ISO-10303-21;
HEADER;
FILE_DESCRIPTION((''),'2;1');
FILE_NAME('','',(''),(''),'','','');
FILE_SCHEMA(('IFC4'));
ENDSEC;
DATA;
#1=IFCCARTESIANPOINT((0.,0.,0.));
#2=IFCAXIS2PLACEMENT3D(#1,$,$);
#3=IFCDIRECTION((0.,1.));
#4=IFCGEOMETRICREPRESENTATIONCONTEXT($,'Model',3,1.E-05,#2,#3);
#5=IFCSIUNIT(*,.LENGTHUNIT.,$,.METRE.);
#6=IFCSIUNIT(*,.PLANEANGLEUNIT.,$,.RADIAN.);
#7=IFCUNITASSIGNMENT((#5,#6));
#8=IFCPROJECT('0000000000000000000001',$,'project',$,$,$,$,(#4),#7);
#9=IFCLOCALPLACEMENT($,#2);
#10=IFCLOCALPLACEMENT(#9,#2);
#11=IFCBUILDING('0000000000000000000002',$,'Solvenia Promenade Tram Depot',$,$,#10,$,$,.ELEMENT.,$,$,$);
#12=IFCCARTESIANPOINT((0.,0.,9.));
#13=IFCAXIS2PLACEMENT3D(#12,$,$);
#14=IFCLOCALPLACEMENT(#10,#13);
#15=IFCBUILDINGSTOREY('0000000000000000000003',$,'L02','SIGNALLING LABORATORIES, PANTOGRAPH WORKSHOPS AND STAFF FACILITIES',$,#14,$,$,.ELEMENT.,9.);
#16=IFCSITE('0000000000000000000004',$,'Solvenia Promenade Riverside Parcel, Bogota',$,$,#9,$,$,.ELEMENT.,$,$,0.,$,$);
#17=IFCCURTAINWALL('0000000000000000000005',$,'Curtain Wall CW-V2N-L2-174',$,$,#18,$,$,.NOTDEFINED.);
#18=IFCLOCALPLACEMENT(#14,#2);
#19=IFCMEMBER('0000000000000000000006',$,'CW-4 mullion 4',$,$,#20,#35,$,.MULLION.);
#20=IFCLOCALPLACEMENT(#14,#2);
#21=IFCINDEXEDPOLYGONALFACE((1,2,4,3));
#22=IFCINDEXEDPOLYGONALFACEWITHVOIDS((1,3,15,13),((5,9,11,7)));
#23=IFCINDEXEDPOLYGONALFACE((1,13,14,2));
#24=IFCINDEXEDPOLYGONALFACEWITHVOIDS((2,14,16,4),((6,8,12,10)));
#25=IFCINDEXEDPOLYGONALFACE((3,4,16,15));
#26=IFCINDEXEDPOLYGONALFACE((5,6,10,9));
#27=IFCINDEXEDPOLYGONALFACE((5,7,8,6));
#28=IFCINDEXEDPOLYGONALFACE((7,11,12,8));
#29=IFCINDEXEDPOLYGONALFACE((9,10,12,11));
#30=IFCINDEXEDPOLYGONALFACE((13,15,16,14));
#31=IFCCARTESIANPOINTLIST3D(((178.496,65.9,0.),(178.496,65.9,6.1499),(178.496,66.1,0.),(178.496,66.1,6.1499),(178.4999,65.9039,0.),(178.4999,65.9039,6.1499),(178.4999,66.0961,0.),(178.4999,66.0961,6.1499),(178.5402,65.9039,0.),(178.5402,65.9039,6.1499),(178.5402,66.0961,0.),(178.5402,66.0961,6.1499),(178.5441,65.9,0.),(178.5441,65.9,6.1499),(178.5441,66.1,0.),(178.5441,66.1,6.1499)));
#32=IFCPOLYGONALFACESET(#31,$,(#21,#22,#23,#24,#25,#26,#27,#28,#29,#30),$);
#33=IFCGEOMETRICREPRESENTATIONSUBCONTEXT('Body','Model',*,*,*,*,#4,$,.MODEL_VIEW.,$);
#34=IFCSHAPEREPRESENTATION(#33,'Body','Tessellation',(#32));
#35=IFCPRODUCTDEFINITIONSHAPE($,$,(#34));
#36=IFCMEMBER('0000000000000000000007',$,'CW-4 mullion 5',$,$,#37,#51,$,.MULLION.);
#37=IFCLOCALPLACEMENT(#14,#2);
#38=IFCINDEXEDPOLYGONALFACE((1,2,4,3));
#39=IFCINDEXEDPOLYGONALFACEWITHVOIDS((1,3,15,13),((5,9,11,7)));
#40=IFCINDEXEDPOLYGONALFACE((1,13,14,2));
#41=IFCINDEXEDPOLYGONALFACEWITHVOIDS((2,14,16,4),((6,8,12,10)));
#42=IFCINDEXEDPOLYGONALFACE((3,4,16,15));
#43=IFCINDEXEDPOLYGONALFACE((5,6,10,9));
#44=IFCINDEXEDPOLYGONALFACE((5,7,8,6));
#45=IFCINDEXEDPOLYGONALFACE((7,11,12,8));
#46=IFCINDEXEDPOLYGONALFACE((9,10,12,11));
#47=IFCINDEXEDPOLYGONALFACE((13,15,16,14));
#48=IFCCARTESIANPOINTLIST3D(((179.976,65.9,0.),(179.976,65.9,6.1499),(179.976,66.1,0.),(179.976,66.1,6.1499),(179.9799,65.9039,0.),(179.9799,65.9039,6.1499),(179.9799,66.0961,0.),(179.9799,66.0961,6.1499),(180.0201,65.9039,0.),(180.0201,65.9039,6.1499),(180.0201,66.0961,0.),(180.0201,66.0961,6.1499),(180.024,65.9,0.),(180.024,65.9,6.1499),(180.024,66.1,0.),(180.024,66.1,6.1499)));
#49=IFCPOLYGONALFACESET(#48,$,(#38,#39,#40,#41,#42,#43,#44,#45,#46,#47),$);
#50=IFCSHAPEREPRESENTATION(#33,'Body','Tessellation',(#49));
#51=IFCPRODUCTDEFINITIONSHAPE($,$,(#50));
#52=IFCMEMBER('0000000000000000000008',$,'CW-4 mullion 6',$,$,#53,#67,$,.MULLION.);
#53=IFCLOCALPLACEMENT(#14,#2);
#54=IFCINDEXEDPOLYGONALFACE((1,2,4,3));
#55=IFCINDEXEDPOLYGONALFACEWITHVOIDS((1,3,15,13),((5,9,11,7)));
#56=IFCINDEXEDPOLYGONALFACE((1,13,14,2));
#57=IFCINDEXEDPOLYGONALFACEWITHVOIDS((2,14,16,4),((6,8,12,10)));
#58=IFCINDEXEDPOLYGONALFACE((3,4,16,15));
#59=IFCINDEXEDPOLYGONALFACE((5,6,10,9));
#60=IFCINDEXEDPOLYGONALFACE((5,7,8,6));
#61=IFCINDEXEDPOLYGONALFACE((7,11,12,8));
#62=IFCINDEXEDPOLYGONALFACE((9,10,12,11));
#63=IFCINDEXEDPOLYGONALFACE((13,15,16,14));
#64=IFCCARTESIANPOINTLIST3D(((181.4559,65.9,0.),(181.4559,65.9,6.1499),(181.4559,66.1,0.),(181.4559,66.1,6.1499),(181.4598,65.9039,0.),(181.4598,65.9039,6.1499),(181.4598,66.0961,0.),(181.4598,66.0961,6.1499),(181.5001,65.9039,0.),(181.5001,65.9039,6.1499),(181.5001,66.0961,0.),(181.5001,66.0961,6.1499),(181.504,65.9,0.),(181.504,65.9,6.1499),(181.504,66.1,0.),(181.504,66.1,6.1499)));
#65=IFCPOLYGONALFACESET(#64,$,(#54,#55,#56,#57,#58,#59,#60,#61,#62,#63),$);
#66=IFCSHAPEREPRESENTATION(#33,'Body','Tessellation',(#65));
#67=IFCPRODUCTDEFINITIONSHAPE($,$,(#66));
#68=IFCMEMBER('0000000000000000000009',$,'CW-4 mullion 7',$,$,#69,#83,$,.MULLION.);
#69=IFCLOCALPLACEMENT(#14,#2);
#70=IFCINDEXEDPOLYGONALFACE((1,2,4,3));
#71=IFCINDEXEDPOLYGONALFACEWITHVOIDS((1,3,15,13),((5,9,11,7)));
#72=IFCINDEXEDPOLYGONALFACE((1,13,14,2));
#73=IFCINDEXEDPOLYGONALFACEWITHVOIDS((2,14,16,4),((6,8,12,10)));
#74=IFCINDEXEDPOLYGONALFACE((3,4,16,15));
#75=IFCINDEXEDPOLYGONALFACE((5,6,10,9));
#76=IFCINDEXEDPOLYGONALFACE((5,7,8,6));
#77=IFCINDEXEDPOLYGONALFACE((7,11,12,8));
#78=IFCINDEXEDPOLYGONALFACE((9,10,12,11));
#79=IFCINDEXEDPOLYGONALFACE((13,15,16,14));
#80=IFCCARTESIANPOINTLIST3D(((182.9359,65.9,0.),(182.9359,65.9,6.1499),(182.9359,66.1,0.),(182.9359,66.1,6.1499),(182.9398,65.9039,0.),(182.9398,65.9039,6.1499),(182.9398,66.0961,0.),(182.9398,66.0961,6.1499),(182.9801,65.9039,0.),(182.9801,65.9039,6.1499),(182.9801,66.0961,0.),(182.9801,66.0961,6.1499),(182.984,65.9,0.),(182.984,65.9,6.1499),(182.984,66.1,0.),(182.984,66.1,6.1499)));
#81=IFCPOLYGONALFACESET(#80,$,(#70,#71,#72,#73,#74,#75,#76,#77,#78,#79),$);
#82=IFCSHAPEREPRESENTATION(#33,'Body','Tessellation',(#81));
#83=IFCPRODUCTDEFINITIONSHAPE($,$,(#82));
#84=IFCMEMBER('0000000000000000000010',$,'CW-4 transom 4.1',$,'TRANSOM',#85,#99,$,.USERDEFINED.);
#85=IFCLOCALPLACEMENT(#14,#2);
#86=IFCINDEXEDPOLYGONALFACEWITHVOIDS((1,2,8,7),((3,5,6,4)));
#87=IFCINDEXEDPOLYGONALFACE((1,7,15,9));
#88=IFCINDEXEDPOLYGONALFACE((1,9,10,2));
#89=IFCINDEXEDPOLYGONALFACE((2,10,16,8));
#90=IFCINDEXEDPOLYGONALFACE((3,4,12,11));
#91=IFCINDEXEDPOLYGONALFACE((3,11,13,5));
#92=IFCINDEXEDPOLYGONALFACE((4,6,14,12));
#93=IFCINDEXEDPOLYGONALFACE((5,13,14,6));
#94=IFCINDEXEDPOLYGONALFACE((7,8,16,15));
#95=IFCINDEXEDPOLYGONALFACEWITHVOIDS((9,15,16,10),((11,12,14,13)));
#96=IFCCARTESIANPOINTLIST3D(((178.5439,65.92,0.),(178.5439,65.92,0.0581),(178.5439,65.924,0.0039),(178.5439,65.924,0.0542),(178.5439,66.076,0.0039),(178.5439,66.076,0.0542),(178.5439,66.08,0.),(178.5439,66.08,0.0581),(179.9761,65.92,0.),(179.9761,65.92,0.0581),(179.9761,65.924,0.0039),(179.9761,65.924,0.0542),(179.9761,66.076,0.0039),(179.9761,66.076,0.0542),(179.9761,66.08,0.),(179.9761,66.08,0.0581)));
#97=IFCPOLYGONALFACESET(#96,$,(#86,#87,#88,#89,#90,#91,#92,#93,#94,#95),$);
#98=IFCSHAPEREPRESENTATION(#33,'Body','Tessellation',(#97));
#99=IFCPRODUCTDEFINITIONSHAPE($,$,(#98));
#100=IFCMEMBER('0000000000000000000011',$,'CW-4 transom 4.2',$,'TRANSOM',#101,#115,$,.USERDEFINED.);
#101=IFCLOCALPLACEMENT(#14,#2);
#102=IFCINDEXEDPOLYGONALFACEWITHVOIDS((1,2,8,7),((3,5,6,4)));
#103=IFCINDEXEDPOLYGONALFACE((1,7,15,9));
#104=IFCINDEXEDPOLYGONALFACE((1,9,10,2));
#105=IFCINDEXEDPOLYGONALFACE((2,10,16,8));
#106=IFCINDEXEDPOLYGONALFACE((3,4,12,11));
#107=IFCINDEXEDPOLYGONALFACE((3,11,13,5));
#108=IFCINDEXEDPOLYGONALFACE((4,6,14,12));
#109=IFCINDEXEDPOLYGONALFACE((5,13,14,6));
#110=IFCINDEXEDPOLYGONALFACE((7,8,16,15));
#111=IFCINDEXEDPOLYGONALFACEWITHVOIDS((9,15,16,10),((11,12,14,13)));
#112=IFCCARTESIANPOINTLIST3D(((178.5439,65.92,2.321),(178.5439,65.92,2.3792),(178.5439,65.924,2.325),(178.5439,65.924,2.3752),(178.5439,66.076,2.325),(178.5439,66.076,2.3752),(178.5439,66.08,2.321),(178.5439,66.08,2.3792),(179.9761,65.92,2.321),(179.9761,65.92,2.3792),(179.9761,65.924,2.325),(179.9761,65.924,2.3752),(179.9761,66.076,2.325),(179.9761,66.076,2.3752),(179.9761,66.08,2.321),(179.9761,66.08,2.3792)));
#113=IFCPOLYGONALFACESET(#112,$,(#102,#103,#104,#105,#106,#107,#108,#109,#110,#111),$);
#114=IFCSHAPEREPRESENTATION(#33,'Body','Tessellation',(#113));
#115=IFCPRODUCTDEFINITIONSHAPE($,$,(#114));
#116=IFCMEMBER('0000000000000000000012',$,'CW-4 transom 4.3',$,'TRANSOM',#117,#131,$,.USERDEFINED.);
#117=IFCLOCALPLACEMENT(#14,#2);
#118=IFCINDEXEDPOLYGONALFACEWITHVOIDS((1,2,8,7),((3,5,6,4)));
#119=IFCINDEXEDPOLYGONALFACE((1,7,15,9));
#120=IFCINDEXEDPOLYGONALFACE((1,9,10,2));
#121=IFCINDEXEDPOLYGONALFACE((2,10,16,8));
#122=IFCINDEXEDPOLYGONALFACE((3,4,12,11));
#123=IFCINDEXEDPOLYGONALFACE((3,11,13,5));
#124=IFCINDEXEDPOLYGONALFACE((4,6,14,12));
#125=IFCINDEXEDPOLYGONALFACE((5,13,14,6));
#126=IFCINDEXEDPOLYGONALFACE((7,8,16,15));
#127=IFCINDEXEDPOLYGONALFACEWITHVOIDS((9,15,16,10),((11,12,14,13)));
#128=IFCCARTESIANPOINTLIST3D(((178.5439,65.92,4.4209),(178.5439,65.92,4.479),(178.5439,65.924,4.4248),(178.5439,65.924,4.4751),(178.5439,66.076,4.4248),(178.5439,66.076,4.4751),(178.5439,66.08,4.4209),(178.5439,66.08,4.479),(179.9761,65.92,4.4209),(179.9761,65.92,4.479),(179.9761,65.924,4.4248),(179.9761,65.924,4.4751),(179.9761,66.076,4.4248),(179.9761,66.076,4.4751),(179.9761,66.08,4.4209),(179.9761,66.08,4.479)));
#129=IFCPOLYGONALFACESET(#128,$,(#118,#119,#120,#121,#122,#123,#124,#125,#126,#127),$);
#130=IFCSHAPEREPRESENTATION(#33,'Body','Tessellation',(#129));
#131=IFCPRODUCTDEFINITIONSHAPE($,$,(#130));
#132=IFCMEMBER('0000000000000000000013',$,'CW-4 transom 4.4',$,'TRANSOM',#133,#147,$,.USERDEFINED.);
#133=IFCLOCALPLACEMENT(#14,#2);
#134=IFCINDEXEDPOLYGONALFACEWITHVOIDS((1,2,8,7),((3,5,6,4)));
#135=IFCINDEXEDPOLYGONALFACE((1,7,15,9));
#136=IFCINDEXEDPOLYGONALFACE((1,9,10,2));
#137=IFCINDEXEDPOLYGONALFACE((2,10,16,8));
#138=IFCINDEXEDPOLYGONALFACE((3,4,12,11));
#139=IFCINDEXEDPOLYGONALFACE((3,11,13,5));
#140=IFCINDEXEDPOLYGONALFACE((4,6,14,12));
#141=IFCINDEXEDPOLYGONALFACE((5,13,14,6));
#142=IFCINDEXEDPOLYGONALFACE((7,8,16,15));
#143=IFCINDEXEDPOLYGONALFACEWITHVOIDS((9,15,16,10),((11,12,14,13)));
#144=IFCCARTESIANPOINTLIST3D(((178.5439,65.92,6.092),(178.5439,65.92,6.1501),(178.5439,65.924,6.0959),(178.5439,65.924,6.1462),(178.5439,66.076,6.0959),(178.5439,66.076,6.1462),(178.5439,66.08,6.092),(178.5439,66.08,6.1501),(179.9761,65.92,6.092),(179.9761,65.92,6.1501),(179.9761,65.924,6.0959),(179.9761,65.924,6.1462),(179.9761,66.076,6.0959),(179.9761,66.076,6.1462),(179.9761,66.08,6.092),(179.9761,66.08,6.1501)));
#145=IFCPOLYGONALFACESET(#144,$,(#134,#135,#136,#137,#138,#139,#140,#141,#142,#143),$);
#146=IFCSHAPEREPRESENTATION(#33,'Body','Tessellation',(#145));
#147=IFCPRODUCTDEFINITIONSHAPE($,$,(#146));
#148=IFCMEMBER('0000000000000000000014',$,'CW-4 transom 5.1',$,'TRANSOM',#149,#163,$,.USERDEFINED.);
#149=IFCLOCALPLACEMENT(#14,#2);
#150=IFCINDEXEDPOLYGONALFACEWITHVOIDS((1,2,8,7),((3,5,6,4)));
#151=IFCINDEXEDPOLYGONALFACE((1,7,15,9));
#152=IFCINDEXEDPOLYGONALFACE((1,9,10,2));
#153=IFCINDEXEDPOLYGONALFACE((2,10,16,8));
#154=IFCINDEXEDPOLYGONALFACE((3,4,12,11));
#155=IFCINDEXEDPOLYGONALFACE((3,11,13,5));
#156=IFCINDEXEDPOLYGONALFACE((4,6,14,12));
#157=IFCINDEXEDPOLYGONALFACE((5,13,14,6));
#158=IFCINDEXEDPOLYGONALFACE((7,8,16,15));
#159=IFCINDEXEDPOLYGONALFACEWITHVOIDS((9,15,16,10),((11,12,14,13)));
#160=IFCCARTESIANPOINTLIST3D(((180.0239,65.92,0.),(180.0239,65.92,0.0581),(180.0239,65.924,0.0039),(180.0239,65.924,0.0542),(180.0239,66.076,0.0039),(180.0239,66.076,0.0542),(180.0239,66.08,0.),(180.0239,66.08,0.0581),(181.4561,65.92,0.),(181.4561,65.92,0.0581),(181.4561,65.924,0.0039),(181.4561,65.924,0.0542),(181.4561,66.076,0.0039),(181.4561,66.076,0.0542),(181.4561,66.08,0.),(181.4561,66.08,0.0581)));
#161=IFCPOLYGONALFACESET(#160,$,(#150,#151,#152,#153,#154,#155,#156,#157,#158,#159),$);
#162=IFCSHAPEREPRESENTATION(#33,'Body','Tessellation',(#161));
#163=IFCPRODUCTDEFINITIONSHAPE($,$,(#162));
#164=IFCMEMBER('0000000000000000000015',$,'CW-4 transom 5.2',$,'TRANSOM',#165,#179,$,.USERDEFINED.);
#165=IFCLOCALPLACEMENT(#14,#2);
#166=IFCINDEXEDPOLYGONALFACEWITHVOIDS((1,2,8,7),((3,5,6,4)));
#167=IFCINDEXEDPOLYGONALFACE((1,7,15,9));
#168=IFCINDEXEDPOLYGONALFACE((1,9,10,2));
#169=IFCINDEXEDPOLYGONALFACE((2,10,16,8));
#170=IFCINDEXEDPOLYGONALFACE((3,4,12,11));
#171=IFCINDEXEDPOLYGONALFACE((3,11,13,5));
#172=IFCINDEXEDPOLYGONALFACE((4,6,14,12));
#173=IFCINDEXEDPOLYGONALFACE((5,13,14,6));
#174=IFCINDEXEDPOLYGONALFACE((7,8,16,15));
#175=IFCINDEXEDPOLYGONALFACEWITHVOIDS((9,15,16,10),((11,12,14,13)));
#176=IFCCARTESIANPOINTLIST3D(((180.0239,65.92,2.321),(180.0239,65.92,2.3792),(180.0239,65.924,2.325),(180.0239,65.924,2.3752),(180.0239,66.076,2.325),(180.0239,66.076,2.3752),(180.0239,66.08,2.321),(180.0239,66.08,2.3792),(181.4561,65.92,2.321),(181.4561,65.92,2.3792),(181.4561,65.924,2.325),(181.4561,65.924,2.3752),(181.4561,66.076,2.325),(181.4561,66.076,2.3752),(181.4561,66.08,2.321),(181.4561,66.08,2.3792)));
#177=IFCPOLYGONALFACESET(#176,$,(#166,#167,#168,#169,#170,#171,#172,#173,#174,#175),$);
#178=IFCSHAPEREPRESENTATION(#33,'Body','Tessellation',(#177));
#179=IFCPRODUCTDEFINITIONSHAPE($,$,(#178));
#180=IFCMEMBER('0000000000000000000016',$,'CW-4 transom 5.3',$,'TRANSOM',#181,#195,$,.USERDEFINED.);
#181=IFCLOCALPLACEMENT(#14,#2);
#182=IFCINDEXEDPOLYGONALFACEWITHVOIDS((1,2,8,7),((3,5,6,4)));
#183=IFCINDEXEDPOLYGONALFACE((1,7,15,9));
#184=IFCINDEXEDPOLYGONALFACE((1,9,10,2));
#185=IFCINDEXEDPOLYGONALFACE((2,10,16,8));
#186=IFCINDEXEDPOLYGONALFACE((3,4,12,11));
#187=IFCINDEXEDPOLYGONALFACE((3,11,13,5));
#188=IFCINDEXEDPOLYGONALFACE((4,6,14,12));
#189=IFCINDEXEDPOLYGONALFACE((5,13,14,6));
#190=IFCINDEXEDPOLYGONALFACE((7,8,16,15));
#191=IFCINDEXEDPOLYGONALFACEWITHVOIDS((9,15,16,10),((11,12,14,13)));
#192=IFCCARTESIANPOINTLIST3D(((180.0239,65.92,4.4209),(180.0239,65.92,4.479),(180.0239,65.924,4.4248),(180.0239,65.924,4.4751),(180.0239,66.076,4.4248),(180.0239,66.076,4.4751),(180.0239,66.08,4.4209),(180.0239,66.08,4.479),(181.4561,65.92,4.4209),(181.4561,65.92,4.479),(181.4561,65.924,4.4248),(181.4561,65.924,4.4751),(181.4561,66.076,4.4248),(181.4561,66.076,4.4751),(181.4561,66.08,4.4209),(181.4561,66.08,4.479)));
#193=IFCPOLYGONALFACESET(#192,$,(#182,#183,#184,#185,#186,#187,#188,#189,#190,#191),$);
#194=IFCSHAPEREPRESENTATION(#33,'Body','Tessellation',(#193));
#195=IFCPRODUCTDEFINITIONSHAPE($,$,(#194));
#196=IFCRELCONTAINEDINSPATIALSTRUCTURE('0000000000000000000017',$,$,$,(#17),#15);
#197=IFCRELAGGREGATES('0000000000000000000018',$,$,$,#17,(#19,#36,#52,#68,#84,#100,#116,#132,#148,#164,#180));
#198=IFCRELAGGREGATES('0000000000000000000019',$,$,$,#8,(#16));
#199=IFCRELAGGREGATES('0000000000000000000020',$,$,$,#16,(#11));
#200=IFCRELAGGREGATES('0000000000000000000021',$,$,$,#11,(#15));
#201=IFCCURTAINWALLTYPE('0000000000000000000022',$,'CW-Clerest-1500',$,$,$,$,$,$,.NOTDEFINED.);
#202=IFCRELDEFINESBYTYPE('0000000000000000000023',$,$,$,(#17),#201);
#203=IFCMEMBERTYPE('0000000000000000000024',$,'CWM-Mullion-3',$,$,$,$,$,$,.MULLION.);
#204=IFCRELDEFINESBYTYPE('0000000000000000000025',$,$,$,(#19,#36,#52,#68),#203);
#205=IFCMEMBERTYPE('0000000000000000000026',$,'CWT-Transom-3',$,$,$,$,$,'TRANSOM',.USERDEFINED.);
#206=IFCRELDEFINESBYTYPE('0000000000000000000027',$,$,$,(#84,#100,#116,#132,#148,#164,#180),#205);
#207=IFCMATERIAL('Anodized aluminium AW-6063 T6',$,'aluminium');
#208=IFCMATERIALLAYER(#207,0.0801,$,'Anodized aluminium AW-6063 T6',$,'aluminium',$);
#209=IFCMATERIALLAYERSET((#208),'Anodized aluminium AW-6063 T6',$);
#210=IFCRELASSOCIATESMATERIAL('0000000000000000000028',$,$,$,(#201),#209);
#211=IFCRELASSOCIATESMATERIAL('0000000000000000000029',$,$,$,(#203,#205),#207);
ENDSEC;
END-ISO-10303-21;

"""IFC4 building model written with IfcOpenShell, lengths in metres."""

from ifc_helpers import new_model, si_unit, direction, frame, origin, origin_2d, place, context, subcontext, project, spatial, hollow_rectangle, extrude, material, layer, layer_set, material_profile, profile_set, type_object, element, aggregate, save


model = new_model("IFC4")

# Units and contexts
model_context = context("Model", 3, precision=1e-05, world=origin(), true_north=direction((0.0, 1.0)))
body_context = subcontext(model_context, "Body", "Model", "MODEL_VIEW")
ifc_project = project(units=[si_unit("LENGTHUNIT", "METRE"), si_unit("PLANEANGLEUNIT", "RADIAN")], contexts=[model_context])

# Site, building, storey
site_placement = place(None, origin())
site = spatial("IfcSite", under=ifc_project, at=site_placement, Name="Solvenia Promenade Riverside Parcel, Bogota", CompositionType="ELEMENT", RefElevation=0.0)
building_placement = place(site_placement, origin())
building = spatial("IfcBuilding", under=site, at=building_placement, Name="Solvenia Promenade Tram Depot", CompositionType="ELEMENT")
storey_placement = place(building_placement, frame((0.0, 0.0, 9.0)))
storey = spatial("IfcBuildingStorey", under=building, at=storey_placement, Name="L02", Description="SIGNALLING LABORATORIES, PANTOGRAPH WORKSHOPS AND STAFF FACILITIES", CompositionType="ELEMENT", Elevation=9.0)

# Curtain wall, members
ifc_material_1 = material(Name="Anodized aluminium AW-6063 T6", Category="aluminium")
ifc_layer_1 = layer(ifc_material_1, 0.0801, Name="Anodized aluminium AW-6063 T6", Category="aluminium")
ifc_layer_set_1 = layer_set([ifc_layer_1], Name="Anodized aluminium AW-6063 T6")
curtain_wall_type = type_object("IfcCurtainWallType", Name="CW-Clerest-1500", PredefinedType="NOTDEFINED", material=ifc_layer_set_1)
curtain_wall_placement = place(storey_placement, origin())
curtain_wall = element("IfcCurtainWall", 1, at=curtain_wall_placement, inside=storey, type_object=curtain_wall_type, Name="Curtain Wall CW-V2N-L2-174", PredefinedType="NOTDEFINED")
ifc_material_profile_1 = material_profile(ifc_material_1, hollow_rectangle(XDim=0.2, YDim=0.0481, WallThickness=0.0039, at=origin_2d()), Name="ALU-M3", Category="aluminium")
ifc_profile_set_1 = profile_set([ifc_material_profile_1], Name="Anodized aluminium AW-6063 T6")
member_type_1 = type_object("IfcMemberType", Name="CWM-Mullion-3", PredefinedType="MULLION", material=ifc_profile_set_1)
member_1_placement = place(storey_placement, frame((178.52, 66.0, 0.0), z_axis=(0.0, 0.0, 1.0), x_axis=(0.0, 1.0, 0.0)))
member_1 = element("IfcMember", 2, at=member_1_placement, type_object=member_type_1, Name="CW-4 mullion 4", PredefinedType="MULLION", context=body_context, shape_type="SweptSolid", body=[
    extrude(hollow_rectangle(XDim=0.2, YDim=0.0481, WallThickness=0.0039, at=origin_2d()), origin(), (0.0, 0.0, 1.0), 6.1499),
])
member_2_placement = place(storey_placement, frame((180.0, 66.0, 0.0), z_axis=(0.0, 0.0, 1.0), x_axis=(0.0, 1.0, 0.0)))
member_2 = element("IfcMember", 3, at=member_2_placement, type_object=member_type_1, Name="CW-4 mullion 5", PredefinedType="MULLION", context=body_context, shape_type="SweptSolid", body=[
    extrude(hollow_rectangle(XDim=0.2, YDim=0.0481, WallThickness=0.0039, at=origin_2d()), origin(), (0.0, 0.0, 1.0), 6.1499),
])
member_3_placement = place(storey_placement, frame((181.48, 66.0, 0.0), z_axis=(0.0, 0.0, 1.0), x_axis=(0.0, 1.0, 0.0)))
member_3 = element("IfcMember", 4, at=member_3_placement, type_object=member_type_1, Name="CW-4 mullion 6", PredefinedType="MULLION", context=body_context, shape_type="SweptSolid", body=[
    extrude(hollow_rectangle(XDim=0.2, YDim=0.0481, WallThickness=0.0039, at=origin_2d()), origin(), (0.0, 0.0, 1.0), 6.1499),
])
member_4_placement = place(storey_placement, frame((182.96, 66.0, 0.0), z_axis=(0.0, 0.0, 1.0), x_axis=(0.0, 1.0, 0.0)))
member_4 = element("IfcMember", 5, at=member_4_placement, type_object=member_type_1, Name="CW-4 mullion 7", PredefinedType="MULLION", context=body_context, shape_type="SweptSolid", body=[
    extrude(hollow_rectangle(XDim=0.2, YDim=0.0481, WallThickness=0.0039, at=origin_2d()), origin(), (0.0, 0.0, 1.0), 6.1499),
])
ifc_material_profile_2 = material_profile(ifc_material_1, hollow_rectangle(XDim=0.1599, YDim=0.0581, WallThickness=0.0039, at=origin_2d()), Name="ALU-T3", Category="aluminium")
ifc_profile_set_2 = profile_set([ifc_material_profile_2], Name="Anodized aluminium AW-6063 T6")
member_type_2 = type_object("IfcMemberType", Name="CWT-Transom-3", ElementType="TRANSOM", PredefinedType="USERDEFINED", material=ifc_profile_set_2)
member_5_placement = place(storey_placement, frame((178.5439, 66.0, 0.0291), z_axis=(1.0, 0.0, 0.0), x_axis=(0.0, 1.0, 0.0)))
member_5 = element("IfcMember", 6, at=member_5_placement, type_object=member_type_2, Name="CW-4 transom 4.1", ObjectType="TRANSOM", PredefinedType="USERDEFINED", context=body_context, shape_type="SweptSolid", body=[
    extrude(hollow_rectangle(XDim=0.1599, YDim=0.0581, WallThickness=0.0039, at=origin_2d()), origin(), (0.0, 0.0, 1.0), 1.4321),
])
member_6_placement = place(storey_placement, frame((178.5439, 66.0, 2.3501), z_axis=(1.0, 0.0, 0.0), x_axis=(0.0, 1.0, 0.0)))
member_6 = element("IfcMember", 7, at=member_6_placement, type_object=member_type_2, Name="CW-4 transom 4.2", ObjectType="TRANSOM", PredefinedType="USERDEFINED", context=body_context, shape_type="SweptSolid", body=[
    extrude(hollow_rectangle(XDim=0.1599, YDim=0.0581, WallThickness=0.0039, at=origin_2d()), origin(), (0.0, 0.0, 1.0), 1.4321),
])
member_7_placement = place(storey_placement, frame((178.5439, 66.0, 4.45), z_axis=(1.0, 0.0, 0.0), x_axis=(0.0, 1.0, 0.0)))
member_7 = element("IfcMember", 8, at=member_7_placement, type_object=member_type_2, Name="CW-4 transom 4.3", ObjectType="TRANSOM", PredefinedType="USERDEFINED", context=body_context, shape_type="SweptSolid", body=[
    extrude(hollow_rectangle(XDim=0.1599, YDim=0.0581, WallThickness=0.0039, at=origin_2d()), origin(), (0.0, 0.0, 1.0), 1.4321),
])
member_8_placement = place(storey_placement, frame((178.5439, 66.0, 6.1211), z_axis=(1.0, 0.0, 0.0), x_axis=(0.0, 1.0, 0.0)))
member_8 = element("IfcMember", 9, at=member_8_placement, type_object=member_type_2, Name="CW-4 transom 4.4", ObjectType="TRANSOM", PredefinedType="USERDEFINED", context=body_context, shape_type="SweptSolid", body=[
    extrude(hollow_rectangle(XDim=0.1599, YDim=0.0581, WallThickness=0.0039, at=origin_2d()), origin(), (0.0, 0.0, 1.0), 1.4321),
])
member_9_placement = place(storey_placement, frame((180.0239, 66.0, 0.0291), z_axis=(1.0, 0.0, 0.0), x_axis=(0.0, 1.0, 0.0)))
member_9 = element("IfcMember", 10, at=member_9_placement, type_object=member_type_2, Name="CW-4 transom 5.1", ObjectType="TRANSOM", PredefinedType="USERDEFINED", context=body_context, shape_type="SweptSolid", body=[
    extrude(hollow_rectangle(XDim=0.1599, YDim=0.0581, WallThickness=0.0039, at=origin_2d()), origin(), (0.0, 0.0, 1.0), 1.4321),
])
member_10_placement = place(storey_placement, frame((180.0239, 66.0, 2.3501), z_axis=(1.0, 0.0, 0.0), x_axis=(0.0, 1.0, 0.0)))
member_10 = element("IfcMember", 11, at=member_10_placement, type_object=member_type_2, Name="CW-4 transom 5.2", ObjectType="TRANSOM", PredefinedType="USERDEFINED", context=body_context, shape_type="SweptSolid", body=[
    extrude(hollow_rectangle(XDim=0.1599, YDim=0.0581, WallThickness=0.0039, at=origin_2d()), origin(), (0.0, 0.0, 1.0), 1.4321),
])
member_11_placement = place(storey_placement, frame((180.0239, 66.0, 4.45), z_axis=(1.0, 0.0, 0.0), x_axis=(0.0, 1.0, 0.0)))
member_11 = element("IfcMember", 12, at=member_11_placement, type_object=member_type_2, Name="CW-4 transom 5.3", ObjectType="TRANSOM", PredefinedType="USERDEFINED", context=body_context, shape_type="SweptSolid", body=[
    extrude(hollow_rectangle(XDim=0.1599, YDim=0.0581, WallThickness=0.0039, at=origin_2d()), origin(), (0.0, 0.0, 1.0), 1.4321),
])
aggregate(curtain_wall, [member_1, member_2, member_3, member_4, member_5, member_6, member_7, member_8, member_9, member_10, member_11])

save(model, "model.ifc")
